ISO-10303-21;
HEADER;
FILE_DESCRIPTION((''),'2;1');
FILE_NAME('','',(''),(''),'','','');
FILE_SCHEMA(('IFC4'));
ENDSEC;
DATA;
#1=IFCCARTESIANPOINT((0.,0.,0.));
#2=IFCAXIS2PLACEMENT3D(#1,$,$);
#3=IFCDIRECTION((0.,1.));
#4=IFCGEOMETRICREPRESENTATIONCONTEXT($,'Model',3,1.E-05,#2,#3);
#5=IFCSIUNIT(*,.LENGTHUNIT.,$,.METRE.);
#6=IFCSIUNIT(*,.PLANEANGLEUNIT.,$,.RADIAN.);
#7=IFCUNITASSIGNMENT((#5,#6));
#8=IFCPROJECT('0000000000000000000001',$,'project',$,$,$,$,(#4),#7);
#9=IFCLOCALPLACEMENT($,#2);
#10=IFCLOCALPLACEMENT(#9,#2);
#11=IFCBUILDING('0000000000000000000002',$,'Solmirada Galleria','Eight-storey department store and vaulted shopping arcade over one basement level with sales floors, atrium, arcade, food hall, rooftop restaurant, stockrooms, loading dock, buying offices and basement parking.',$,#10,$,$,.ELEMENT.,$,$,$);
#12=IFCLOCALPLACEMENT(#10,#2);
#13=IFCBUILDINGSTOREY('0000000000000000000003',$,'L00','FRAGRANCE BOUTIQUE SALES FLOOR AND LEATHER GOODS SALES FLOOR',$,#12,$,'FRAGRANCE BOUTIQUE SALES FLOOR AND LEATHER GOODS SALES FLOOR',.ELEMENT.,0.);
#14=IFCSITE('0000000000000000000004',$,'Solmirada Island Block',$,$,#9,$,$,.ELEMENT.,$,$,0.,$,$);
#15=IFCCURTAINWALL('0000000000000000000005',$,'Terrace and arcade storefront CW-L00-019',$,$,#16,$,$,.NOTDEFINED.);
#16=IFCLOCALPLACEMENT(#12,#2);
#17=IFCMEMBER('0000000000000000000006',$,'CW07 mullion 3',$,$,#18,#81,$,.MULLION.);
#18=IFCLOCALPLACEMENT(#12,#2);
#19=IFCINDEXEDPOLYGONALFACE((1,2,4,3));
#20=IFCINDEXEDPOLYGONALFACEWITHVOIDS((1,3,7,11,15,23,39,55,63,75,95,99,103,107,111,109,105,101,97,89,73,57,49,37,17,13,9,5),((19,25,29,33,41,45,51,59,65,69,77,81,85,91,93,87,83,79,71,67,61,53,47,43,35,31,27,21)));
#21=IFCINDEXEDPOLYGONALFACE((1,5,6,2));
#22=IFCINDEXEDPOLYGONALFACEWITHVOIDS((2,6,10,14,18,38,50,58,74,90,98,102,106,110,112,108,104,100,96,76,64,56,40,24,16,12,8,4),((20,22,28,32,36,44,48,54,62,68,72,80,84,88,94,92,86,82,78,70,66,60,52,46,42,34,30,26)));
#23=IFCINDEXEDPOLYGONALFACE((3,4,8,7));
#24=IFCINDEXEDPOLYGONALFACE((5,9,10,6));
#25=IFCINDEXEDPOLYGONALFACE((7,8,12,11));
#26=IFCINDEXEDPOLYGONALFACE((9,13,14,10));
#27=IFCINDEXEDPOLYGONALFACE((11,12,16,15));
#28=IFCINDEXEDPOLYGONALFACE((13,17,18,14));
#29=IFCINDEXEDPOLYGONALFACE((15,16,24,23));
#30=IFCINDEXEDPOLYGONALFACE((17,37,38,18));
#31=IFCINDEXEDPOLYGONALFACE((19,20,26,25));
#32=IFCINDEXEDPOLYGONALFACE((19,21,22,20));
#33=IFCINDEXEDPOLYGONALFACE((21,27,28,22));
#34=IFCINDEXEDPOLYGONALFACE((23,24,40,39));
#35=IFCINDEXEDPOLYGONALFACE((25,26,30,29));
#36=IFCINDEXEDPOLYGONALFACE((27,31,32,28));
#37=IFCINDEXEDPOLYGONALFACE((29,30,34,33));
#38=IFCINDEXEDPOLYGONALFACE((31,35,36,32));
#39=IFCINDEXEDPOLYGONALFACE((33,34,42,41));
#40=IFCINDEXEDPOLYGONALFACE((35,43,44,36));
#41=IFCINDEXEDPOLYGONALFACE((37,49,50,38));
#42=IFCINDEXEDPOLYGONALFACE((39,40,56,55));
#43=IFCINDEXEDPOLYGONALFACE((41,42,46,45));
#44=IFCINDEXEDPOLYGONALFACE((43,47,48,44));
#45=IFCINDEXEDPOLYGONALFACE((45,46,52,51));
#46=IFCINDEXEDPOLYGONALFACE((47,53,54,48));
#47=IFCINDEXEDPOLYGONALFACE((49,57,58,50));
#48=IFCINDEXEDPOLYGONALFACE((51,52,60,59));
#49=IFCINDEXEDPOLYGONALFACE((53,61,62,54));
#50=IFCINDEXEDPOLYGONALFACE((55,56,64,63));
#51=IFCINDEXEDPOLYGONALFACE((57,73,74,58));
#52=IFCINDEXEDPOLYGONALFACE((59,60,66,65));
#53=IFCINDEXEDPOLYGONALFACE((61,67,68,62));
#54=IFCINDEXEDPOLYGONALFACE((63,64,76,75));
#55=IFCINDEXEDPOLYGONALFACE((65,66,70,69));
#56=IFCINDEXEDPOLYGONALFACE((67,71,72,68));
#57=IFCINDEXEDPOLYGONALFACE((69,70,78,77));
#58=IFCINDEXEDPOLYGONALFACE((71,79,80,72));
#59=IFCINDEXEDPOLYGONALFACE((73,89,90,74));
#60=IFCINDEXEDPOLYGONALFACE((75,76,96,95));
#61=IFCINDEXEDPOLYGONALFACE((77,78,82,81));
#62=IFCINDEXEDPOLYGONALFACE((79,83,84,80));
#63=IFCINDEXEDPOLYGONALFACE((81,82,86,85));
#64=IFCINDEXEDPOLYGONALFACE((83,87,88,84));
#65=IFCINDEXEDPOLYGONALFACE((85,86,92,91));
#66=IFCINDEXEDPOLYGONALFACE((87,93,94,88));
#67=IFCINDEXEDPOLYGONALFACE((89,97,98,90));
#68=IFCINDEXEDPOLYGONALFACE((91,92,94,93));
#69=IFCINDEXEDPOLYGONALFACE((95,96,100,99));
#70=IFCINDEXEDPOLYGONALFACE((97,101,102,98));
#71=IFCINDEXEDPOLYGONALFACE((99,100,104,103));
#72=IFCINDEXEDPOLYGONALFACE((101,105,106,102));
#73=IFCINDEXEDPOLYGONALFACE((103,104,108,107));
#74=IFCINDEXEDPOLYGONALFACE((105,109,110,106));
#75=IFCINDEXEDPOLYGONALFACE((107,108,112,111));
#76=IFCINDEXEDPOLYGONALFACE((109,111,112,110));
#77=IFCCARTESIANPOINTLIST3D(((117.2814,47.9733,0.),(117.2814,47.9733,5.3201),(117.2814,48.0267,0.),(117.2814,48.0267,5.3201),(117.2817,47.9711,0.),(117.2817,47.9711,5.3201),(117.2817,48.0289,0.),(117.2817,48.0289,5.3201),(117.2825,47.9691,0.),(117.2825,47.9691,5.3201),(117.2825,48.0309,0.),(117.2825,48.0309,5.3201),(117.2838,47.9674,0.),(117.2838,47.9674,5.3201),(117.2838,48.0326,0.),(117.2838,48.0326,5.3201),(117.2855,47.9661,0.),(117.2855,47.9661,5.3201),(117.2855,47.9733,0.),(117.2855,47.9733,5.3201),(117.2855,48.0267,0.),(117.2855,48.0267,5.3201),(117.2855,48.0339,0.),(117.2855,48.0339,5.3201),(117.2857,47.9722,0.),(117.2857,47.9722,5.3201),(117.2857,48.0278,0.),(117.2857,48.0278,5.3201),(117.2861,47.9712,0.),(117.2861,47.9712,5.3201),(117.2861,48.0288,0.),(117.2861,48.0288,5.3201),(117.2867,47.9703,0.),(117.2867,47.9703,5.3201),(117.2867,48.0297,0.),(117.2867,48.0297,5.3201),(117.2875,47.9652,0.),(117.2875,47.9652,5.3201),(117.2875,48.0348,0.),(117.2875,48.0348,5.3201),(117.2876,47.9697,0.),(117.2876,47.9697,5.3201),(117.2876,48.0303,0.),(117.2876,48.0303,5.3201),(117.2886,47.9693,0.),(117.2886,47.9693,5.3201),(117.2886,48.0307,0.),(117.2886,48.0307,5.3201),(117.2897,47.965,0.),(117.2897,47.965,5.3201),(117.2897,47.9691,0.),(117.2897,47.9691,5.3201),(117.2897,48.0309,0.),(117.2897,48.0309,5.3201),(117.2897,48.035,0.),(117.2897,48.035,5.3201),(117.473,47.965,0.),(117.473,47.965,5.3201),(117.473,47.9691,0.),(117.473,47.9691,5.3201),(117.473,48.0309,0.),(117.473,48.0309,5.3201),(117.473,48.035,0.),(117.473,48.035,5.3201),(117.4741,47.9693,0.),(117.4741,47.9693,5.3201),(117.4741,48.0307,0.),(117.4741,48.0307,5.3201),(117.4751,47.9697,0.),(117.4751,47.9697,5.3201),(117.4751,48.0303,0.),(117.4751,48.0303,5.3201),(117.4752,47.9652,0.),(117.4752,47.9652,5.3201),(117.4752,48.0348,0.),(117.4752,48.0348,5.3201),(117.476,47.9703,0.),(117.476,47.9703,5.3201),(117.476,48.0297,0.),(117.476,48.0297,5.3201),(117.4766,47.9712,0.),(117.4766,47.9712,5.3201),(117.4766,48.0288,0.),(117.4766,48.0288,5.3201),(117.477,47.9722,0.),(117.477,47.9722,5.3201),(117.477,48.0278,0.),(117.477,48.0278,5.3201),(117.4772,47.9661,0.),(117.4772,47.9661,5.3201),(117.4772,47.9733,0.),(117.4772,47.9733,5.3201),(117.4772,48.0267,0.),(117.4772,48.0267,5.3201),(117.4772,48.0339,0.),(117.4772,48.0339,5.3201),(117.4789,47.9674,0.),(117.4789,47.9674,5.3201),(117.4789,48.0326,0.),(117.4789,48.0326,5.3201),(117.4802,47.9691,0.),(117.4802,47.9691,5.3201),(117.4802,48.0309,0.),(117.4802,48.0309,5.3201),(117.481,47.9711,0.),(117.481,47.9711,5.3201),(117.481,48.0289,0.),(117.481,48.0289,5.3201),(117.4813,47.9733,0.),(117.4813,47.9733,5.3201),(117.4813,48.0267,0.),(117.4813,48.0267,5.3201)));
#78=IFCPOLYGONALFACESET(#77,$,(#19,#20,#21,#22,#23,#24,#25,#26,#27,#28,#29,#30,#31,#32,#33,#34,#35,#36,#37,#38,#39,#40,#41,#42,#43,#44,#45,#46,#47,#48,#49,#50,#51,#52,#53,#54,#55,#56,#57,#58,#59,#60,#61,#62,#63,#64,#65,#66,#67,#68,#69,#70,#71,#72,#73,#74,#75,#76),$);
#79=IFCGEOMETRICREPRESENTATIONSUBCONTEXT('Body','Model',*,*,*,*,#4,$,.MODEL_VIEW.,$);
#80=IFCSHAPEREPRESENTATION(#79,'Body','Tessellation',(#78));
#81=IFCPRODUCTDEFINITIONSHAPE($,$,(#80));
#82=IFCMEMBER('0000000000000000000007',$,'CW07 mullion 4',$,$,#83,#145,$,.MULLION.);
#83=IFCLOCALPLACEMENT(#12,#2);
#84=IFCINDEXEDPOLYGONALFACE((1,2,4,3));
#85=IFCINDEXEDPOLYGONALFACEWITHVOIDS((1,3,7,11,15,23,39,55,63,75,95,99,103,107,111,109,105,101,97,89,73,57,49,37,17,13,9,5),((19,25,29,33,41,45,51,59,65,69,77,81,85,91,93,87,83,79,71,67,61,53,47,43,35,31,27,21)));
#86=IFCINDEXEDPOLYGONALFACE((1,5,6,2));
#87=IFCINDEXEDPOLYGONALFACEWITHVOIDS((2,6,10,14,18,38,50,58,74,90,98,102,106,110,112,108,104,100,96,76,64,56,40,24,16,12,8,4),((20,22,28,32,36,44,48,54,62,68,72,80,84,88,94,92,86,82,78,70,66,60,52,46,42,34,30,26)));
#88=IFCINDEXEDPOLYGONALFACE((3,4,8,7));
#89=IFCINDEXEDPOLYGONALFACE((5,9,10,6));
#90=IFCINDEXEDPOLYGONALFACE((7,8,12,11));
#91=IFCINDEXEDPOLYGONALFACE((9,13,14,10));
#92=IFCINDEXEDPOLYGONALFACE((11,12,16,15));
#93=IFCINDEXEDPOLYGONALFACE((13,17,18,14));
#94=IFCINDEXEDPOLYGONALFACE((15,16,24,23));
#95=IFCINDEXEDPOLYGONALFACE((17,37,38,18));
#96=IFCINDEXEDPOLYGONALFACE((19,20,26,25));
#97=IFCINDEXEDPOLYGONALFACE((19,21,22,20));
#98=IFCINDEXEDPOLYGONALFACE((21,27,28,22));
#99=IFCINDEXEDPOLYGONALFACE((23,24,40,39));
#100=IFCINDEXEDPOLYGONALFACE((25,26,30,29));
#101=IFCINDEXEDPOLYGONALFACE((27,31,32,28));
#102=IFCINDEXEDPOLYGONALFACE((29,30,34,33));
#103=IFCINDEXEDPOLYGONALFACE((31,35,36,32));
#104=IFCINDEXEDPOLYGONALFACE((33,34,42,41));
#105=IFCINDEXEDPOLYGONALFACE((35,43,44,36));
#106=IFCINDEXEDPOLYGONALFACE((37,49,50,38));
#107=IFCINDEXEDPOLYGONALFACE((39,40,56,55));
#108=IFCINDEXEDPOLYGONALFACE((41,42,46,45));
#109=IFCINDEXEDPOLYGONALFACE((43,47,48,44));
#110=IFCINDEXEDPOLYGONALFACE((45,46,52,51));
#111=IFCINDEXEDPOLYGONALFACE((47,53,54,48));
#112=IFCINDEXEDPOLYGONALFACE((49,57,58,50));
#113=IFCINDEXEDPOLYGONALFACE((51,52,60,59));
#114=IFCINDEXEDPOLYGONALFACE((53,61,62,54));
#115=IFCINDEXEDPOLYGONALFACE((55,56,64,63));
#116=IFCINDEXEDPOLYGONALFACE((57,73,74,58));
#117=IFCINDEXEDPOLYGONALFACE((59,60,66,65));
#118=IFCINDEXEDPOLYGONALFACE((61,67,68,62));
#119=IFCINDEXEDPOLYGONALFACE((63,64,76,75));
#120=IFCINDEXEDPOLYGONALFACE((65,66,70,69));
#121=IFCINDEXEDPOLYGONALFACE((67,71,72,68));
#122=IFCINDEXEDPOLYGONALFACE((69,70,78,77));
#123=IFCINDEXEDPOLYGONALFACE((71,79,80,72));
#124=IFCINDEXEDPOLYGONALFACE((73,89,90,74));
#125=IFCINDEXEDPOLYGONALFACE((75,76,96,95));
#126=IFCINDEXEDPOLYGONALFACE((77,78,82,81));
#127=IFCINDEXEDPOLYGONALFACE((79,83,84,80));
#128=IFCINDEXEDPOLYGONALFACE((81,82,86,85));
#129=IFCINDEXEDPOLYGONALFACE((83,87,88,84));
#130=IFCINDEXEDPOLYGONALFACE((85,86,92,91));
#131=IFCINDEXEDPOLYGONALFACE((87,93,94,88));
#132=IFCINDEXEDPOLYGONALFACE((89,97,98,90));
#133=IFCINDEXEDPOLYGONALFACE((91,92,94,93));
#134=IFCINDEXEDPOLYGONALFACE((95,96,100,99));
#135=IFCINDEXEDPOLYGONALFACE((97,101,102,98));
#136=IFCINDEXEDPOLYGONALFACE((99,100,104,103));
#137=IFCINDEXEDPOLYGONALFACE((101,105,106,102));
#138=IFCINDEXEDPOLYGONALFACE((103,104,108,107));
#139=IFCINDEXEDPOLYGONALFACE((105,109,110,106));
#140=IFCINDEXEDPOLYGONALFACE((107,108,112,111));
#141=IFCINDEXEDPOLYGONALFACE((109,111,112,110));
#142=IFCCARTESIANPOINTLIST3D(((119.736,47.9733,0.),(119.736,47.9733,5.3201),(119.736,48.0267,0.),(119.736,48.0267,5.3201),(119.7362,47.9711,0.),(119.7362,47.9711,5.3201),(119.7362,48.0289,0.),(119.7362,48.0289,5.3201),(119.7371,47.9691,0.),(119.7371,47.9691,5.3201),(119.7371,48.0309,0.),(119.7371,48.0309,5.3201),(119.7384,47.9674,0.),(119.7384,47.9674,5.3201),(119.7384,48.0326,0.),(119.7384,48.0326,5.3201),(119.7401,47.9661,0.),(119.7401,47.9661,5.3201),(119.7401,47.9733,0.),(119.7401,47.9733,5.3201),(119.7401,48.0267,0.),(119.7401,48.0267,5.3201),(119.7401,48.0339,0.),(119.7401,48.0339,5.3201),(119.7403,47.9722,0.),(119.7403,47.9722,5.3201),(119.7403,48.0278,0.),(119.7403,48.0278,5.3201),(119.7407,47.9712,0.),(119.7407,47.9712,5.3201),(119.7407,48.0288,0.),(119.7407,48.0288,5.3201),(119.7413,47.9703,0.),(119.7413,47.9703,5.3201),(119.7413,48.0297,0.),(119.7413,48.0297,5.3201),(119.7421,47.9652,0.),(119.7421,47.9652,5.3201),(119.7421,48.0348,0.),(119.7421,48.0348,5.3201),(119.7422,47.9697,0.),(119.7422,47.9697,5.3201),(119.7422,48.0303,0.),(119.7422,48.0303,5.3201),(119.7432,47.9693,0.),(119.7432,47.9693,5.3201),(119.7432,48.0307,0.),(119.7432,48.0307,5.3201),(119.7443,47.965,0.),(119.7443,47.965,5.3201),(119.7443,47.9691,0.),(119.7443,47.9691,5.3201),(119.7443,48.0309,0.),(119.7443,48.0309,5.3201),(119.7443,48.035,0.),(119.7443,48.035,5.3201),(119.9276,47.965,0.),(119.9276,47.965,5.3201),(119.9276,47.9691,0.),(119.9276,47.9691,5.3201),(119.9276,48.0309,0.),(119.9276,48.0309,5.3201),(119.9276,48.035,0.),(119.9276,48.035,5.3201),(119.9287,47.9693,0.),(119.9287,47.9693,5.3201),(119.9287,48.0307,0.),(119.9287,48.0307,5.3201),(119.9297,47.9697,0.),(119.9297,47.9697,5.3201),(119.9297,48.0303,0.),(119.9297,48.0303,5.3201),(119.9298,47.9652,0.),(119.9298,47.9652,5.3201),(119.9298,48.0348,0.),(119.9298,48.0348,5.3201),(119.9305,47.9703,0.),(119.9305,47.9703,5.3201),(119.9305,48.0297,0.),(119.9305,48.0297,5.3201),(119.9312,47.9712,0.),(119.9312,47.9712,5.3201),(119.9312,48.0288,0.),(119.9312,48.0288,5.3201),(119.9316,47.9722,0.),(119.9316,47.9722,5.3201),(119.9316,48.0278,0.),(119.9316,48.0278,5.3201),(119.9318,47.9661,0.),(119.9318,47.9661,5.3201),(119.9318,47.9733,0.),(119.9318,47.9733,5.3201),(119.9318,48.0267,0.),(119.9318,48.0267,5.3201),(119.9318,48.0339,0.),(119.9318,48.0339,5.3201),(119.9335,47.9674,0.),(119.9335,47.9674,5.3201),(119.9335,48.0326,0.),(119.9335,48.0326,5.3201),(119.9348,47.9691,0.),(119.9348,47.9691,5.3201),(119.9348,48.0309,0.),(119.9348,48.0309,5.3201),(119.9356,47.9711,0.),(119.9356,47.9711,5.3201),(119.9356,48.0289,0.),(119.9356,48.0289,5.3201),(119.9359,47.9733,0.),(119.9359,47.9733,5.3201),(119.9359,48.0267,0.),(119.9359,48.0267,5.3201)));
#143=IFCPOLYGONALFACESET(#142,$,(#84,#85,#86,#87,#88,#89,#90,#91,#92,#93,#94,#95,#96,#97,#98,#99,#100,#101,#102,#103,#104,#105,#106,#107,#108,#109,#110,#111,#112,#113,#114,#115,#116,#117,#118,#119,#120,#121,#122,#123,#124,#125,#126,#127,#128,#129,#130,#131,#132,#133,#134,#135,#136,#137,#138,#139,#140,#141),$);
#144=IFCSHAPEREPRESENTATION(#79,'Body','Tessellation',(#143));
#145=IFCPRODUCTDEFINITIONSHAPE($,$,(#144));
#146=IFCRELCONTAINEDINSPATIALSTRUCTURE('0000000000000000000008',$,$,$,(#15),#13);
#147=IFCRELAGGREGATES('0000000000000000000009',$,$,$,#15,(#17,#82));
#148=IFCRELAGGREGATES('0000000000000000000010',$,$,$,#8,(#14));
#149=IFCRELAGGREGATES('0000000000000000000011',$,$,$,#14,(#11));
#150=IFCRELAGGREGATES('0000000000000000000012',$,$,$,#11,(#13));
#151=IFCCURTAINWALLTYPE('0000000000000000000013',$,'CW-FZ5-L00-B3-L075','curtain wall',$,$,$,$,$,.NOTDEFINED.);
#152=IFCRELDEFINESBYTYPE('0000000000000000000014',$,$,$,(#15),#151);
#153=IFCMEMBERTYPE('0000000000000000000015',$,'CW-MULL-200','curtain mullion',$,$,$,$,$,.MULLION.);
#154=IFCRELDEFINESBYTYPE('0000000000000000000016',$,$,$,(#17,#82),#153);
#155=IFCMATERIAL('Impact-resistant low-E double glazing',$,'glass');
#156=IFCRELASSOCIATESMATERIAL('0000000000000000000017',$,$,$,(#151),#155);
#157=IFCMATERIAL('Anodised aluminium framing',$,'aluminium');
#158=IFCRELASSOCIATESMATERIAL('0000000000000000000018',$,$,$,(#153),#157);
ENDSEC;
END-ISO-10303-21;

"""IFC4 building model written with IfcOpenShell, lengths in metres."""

from ifc_helpers import new_model, si_unit, direction, frame, origin, origin_2d, place, context, subcontext, project, spatial, hollow_rectangle, extrude, material, material_profile, profile_set, type_object, element, aggregate, save


model = new_model("IFC4")

# Units and contexts
model_context = context("Model", 3, precision=1e-05, world=origin(), true_north=direction((0.0, 1.0)))
body_context = subcontext(model_context, "Body", "Model", "MODEL_VIEW")
ifc_project = project(units=[si_unit("LENGTHUNIT", "METRE"), si_unit("PLANEANGLEUNIT", "RADIAN")], contexts=[model_context])

# Site, building, storey
site_placement = place(None, origin())
site = spatial("IfcSite", under=ifc_project, at=site_placement, Name="Solmirada Island Block", CompositionType="ELEMENT", RefElevation=0.0)
building_placement = place(site_placement, origin())
building = spatial("IfcBuilding", under=site, at=building_placement, Name="Solmirada Galleria", Description="Eight-storey department store and vaulted shopping arcade over one basement level with sales floors, atrium, arcade, food hall, rooftop restaurant, stockrooms, loading dock, buying offices and basement parking.", CompositionType="ELEMENT")
storey_placement = place(building_placement, origin())
storey = spatial("IfcBuildingStorey", under=building, at=storey_placement, Name="L00", Description="FRAGRANCE BOUTIQUE SALES FLOOR AND LEATHER GOODS SALES FLOOR", LongName="FRAGRANCE BOUTIQUE SALES FLOOR AND LEATHER GOODS SALES FLOOR", CompositionType="ELEMENT", Elevation=0.0)

# Curtain wall, members
ifc_material_1 = material(Name="Impact-resistant low-E double glazing", Category="glass")
curtain_wall_type_1 = type_object("IfcCurtainWallType", Name="CW-FZ5-L00-B3-L075", Description="curtain wall", PredefinedType="NOTDEFINED", material=ifc_material_1)
curtain_wall_1_placement = place(storey_placement, origin())
curtain_wall_1 = element("IfcCurtainWall", 1, at=curtain_wall_1_placement, inside=storey, type_object=curtain_wall_type_1, Name="Terrace and arcade storefront CW-L00-019", PredefinedType="NOTDEFINED")
ifc_material_2 = material(Name="Anodised aluminium framing", Category="aluminium")
ifc_material_profile_1 = material_profile(ifc_material_2, hollow_rectangle(XDim=0.0701, YDim=0.2, WallThickness=0.0042, InnerFilletRadius=0.0042, OuterFilletRadius=0.0083, at=origin_2d()), Name="ALU-MULL-200X70")
ifc_profile_set_1 = profile_set([ifc_material_profile_1], Name="Anodised aluminium framing")
member_type_1 = type_object("IfcMemberType", Name="CW-MULL-200", Description="curtain mullion", PredefinedType="MULLION", material=ifc_profile_set_1)
member_1_placement = place(storey_placement, frame((117.3813, 48.0, 0.0), z_axis=(0.0, 0.0, 1.0), x_axis=(0.0, 1.0, 0.0)))
member_1 = element("IfcMember", 2, at=member_1_placement, type_object=member_type_1, Name="CW07 mullion 3", PredefinedType="MULLION", context=body_context, shape_type="SweptSolid", body=[
    extrude(hollow_rectangle(XDim=0.0701, YDim=0.2, WallThickness=0.0042, InnerFilletRadius=0.0042, OuterFilletRadius=0.0083, at=origin_2d()), origin(), (0.0, 0.0, 1.0), 5.3201),
])
member_2_placement = place(storey_placement, frame((119.8359, 48.0, 0.0), z_axis=(0.0, 0.0, 1.0), x_axis=(0.0, 1.0, 0.0)))
member_2 = element("IfcMember", 3, at=member_2_placement, type_object=member_type_1, Name="CW07 mullion 4", PredefinedType="MULLION", context=body_context, shape_type="SweptSolid", body=[
    extrude(hollow_rectangle(XDim=0.0701, YDim=0.2, WallThickness=0.0042, InnerFilletRadius=0.0042, OuterFilletRadius=0.0083, at=origin_2d()), origin(), (0.0, 0.0, 1.0), 5.3201),
])

aggregate(curtain_wall_1, [member_1, member_2])

save(model, "model.ifc")
